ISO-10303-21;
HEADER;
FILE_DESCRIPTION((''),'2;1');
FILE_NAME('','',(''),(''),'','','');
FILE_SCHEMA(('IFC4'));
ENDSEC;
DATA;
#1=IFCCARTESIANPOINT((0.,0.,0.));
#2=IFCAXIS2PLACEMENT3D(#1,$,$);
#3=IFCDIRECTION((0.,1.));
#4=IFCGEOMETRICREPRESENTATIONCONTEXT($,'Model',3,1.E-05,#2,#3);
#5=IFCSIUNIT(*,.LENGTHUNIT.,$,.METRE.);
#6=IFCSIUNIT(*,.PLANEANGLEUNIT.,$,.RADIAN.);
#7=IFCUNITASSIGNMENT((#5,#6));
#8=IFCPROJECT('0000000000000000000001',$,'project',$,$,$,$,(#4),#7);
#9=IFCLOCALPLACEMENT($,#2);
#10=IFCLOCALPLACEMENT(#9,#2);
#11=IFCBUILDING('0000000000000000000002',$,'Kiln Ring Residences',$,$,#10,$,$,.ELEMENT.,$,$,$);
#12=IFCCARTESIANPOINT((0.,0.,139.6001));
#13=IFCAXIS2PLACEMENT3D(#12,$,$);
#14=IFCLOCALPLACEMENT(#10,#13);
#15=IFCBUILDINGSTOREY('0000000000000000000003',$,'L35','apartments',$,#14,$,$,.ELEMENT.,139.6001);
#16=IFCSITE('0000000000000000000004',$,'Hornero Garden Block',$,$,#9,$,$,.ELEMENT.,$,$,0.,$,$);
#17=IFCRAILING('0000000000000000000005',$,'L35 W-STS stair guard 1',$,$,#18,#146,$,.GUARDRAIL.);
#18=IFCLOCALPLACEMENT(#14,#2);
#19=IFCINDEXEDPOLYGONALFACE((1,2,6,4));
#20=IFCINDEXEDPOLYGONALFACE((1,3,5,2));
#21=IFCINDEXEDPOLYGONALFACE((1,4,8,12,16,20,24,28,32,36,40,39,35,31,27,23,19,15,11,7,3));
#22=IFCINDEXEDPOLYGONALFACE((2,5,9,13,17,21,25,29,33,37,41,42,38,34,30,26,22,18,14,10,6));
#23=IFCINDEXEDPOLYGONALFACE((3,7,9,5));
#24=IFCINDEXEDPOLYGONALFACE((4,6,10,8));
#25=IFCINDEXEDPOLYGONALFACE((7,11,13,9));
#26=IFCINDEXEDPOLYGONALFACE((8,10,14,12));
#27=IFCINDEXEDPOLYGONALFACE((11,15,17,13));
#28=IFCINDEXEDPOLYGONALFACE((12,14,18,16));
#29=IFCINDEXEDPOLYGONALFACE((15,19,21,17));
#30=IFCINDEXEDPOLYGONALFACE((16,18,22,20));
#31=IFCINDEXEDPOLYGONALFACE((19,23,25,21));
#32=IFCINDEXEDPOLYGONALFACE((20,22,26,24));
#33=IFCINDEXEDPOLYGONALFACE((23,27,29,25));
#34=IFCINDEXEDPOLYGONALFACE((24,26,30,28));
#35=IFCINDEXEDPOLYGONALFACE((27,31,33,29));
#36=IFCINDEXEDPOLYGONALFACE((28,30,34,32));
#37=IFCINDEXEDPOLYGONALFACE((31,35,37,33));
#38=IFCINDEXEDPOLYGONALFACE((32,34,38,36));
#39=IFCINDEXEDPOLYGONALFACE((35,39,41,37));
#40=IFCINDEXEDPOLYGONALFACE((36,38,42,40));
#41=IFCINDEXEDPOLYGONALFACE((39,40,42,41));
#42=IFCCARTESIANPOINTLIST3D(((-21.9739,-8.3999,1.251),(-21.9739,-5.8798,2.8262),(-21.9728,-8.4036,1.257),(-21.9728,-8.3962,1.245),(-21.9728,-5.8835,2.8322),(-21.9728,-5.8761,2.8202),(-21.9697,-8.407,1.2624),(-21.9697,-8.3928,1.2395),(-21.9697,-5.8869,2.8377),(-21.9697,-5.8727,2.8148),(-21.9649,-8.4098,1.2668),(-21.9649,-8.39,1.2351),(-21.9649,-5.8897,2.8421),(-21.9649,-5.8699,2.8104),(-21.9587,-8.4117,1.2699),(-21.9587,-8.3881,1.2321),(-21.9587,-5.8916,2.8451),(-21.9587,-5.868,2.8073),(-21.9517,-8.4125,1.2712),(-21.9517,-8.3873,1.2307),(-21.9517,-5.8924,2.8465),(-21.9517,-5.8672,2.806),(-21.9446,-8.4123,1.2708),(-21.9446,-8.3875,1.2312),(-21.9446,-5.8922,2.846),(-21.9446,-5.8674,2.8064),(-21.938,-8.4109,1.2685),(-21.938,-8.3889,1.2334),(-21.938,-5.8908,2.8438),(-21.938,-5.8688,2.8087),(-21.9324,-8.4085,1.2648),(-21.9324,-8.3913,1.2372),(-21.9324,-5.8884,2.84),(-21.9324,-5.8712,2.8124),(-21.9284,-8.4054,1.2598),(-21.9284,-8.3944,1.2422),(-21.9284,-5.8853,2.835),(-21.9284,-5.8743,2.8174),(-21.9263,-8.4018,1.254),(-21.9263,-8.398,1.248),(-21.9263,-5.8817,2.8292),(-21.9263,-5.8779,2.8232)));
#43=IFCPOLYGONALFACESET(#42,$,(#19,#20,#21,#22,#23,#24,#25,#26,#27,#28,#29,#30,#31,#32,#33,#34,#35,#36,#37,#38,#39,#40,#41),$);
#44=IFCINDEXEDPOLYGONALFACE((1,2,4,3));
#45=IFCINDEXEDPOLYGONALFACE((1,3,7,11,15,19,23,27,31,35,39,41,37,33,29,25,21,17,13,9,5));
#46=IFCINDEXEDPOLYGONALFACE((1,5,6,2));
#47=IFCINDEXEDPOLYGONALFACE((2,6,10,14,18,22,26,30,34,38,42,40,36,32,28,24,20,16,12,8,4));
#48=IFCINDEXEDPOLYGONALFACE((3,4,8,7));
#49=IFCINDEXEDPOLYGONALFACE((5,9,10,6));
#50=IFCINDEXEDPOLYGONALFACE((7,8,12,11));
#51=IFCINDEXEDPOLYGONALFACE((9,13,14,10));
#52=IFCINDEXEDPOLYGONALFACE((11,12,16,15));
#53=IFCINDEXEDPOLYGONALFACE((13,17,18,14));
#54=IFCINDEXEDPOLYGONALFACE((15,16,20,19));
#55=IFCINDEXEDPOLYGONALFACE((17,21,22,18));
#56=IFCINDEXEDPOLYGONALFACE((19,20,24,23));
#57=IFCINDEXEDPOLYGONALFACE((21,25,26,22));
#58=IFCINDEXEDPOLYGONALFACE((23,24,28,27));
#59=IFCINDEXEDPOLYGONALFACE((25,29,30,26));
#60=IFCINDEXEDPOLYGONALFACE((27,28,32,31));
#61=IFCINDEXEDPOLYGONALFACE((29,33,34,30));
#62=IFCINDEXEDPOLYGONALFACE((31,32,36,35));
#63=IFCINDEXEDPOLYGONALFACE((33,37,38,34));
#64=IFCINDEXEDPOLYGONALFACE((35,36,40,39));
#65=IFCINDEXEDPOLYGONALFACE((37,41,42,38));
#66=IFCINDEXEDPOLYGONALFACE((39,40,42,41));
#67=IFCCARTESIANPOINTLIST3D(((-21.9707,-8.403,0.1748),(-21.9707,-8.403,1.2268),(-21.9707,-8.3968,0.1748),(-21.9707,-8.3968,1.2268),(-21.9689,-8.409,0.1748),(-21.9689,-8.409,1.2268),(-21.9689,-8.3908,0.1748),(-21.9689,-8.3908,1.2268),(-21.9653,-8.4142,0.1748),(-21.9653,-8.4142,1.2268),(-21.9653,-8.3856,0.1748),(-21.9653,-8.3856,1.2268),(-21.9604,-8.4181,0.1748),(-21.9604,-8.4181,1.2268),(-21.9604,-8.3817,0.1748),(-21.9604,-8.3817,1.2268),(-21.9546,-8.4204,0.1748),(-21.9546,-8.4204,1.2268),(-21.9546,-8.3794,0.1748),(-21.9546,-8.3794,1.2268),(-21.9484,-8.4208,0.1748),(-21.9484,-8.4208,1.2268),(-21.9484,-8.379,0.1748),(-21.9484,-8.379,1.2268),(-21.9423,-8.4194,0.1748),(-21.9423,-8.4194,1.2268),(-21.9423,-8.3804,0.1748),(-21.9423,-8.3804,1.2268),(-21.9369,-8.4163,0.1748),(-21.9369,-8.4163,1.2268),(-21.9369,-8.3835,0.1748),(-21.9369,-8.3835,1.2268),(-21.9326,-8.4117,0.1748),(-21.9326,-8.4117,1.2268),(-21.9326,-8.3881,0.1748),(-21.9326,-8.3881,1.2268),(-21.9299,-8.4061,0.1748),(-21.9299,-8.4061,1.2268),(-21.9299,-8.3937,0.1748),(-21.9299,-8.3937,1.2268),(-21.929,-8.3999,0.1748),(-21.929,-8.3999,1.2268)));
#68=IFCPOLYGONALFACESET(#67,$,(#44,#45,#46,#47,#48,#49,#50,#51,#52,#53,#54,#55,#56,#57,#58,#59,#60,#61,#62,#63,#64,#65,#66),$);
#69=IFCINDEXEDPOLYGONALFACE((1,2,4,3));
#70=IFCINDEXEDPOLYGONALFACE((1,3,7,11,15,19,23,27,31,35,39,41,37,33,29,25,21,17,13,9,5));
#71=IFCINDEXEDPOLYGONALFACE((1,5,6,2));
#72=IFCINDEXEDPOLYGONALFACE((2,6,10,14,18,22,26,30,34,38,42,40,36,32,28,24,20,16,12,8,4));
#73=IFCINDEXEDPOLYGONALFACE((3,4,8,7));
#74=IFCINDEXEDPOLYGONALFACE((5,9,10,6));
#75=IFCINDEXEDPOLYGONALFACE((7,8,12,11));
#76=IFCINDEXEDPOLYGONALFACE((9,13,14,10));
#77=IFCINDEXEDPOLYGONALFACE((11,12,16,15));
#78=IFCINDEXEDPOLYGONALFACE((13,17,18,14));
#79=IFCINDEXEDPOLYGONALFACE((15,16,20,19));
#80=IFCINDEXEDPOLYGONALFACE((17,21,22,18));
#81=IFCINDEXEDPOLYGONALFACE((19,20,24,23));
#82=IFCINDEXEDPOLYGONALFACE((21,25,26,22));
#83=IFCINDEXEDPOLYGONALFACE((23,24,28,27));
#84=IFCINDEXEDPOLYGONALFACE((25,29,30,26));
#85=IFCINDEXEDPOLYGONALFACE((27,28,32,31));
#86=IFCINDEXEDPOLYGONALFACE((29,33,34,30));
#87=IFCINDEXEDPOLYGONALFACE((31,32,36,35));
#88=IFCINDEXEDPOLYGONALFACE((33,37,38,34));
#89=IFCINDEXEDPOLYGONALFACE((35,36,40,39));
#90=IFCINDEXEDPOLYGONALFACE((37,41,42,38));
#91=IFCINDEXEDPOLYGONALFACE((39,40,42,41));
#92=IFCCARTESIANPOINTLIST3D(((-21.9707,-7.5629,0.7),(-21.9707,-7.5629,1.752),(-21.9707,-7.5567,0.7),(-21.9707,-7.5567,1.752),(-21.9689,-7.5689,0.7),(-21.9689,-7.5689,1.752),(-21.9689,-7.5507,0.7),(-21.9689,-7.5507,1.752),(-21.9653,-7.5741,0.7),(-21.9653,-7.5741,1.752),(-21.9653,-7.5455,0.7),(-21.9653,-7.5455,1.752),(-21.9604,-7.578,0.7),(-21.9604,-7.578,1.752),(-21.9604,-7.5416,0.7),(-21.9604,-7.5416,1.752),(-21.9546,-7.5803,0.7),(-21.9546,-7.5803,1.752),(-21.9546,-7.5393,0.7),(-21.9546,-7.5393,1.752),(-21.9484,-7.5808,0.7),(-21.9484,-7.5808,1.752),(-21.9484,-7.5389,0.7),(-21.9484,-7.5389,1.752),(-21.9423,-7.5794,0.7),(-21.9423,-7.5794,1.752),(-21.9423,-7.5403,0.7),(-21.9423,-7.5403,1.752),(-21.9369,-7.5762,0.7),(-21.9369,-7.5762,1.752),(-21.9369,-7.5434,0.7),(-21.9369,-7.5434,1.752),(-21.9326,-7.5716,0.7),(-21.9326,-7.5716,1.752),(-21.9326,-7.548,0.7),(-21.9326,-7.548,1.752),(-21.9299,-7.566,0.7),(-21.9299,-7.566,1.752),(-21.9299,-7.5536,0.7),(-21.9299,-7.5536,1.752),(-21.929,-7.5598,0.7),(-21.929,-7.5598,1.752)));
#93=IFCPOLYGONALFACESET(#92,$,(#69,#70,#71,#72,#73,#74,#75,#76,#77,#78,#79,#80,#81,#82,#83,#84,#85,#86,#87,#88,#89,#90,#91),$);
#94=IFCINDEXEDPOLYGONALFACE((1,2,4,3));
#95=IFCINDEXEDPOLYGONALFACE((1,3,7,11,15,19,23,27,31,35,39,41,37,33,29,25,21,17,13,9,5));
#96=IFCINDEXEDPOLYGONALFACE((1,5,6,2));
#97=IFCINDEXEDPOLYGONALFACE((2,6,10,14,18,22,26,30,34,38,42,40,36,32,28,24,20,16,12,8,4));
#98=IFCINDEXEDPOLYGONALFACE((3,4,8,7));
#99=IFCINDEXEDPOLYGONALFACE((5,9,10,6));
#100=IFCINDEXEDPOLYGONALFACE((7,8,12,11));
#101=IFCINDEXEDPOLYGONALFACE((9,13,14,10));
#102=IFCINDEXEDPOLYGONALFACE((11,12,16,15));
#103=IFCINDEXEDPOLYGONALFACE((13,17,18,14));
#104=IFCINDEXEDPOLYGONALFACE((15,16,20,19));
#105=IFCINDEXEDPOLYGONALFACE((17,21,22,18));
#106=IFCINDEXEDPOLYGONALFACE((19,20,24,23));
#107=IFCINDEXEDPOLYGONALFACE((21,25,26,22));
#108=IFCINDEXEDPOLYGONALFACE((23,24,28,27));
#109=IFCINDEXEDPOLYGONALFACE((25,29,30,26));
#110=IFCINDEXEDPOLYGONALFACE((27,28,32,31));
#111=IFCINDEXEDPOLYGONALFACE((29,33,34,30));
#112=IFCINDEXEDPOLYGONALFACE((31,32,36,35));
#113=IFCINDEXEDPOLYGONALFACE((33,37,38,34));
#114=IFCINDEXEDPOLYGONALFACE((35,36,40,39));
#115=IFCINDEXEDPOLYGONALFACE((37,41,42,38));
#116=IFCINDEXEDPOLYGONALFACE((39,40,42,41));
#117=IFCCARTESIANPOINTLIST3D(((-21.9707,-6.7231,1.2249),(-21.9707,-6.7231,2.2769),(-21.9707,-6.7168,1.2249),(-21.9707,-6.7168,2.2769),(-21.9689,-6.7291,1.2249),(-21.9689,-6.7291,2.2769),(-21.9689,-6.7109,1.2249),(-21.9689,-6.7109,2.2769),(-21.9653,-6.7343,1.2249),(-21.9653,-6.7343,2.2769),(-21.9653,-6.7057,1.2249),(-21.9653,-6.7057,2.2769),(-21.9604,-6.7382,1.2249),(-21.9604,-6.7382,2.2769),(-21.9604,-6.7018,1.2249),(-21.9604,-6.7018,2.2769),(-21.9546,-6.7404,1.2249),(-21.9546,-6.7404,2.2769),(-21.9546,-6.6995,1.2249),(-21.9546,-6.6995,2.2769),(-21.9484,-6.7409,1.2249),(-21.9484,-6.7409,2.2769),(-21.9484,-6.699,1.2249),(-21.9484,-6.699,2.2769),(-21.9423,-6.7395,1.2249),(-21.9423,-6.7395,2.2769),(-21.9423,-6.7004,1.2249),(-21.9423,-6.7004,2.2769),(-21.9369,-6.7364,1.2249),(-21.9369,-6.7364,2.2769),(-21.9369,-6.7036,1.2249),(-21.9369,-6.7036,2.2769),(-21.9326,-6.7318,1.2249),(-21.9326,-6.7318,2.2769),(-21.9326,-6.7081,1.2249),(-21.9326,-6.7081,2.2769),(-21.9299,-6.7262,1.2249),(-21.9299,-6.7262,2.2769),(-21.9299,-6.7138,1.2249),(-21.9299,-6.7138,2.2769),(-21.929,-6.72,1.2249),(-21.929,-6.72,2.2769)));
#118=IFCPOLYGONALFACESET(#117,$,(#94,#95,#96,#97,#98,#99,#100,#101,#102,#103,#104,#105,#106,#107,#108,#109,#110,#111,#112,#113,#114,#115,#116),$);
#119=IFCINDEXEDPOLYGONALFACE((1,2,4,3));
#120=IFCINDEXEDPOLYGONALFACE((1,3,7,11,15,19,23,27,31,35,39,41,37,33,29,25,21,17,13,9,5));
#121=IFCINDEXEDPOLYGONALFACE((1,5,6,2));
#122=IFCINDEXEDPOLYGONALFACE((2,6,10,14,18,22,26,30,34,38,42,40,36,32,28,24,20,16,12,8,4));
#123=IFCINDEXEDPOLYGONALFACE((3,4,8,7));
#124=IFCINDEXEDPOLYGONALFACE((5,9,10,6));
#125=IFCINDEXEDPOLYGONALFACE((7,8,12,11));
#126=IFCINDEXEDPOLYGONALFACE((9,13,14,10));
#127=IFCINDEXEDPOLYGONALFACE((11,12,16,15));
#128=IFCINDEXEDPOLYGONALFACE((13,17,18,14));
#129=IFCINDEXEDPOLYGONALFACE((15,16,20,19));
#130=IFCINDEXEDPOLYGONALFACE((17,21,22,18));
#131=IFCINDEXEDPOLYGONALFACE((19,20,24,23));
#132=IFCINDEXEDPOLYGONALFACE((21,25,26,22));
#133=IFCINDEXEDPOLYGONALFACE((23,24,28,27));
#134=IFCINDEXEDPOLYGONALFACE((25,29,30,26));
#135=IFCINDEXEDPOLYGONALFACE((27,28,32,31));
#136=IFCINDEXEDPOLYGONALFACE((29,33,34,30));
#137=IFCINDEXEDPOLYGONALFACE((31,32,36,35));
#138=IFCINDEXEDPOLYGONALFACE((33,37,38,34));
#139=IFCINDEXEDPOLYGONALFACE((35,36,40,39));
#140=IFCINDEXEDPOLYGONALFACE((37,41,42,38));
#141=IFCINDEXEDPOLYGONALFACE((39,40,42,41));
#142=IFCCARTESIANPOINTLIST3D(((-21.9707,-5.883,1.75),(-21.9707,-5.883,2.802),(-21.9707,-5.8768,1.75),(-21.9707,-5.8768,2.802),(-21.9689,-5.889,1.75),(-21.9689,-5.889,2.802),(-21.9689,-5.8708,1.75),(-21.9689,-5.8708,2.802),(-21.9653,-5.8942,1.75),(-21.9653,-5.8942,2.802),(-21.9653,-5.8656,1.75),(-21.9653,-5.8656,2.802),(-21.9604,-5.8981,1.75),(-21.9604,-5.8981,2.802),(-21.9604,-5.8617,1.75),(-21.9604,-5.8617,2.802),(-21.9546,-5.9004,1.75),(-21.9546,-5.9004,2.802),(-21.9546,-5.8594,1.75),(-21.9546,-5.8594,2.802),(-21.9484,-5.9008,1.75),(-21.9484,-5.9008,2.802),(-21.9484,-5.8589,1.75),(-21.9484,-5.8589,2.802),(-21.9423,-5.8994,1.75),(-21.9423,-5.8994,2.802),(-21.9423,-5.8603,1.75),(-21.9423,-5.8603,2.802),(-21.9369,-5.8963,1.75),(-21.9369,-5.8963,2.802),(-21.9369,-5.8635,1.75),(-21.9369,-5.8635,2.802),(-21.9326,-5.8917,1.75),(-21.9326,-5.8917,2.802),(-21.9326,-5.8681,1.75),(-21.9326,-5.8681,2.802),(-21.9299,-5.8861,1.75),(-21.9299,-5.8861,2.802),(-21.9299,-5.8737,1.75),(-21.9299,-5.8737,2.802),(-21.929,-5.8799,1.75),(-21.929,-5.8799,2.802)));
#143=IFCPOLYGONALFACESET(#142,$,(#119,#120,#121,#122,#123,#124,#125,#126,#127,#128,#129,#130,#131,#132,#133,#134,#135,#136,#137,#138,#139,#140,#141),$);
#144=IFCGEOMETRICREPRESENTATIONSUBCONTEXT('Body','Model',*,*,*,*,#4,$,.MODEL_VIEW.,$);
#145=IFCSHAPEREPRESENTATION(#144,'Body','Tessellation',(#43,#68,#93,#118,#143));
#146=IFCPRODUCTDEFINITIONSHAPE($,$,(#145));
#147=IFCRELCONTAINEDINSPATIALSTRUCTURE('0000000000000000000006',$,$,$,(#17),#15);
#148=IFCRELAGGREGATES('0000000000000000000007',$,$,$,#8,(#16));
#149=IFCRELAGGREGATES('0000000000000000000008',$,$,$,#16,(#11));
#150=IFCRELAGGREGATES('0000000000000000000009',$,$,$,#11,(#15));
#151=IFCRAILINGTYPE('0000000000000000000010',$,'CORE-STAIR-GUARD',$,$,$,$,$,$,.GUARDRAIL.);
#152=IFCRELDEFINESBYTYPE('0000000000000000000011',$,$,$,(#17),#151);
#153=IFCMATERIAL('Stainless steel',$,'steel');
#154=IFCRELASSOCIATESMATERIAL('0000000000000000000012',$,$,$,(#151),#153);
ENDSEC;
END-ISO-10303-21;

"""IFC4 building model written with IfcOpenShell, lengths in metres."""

from ifc_helpers import new_model, si_unit, direction, frame, origin, origin_2d, place, context, subcontext, project, spatial, circle, extrude, material, type_object, element, save


model = new_model("IFC4")

# Units and contexts
model_context = context("Model", 3, precision=1e-05, world=origin(), true_north=direction((0.0, 1.0)))
body_context = subcontext(model_context, "Body", "Model", "MODEL_VIEW")
ifc_project = project(units=[si_unit("LENGTHUNIT", "METRE"), si_unit("PLANEANGLEUNIT", "RADIAN")], contexts=[model_context])

# Site, building, storey
site_placement = place(None, origin())
site = spatial("IfcSite", under=ifc_project, at=site_placement, Name="Hornero Garden Block", CompositionType="ELEMENT", RefElevation=0.0)
building_placement = place(site_placement, origin())
building = spatial("IfcBuilding", under=site, at=building_placement, Name="Kiln Ring Residences", CompositionType="ELEMENT")
storey_placement = place(building_placement, frame((0.0, 0.0, 139.6001)))
storey = spatial("IfcBuildingStorey", under=building, at=storey_placement, Name="L35", Description="apartments", CompositionType="ELEMENT", Elevation=139.6001)

# Railing
ifc_material_1 = material(Name="Stainless steel", Category="steel")
railing_type_1 = type_object("IfcRailingType", Name="CORE-STAIR-GUARD", PredefinedType="GUARDRAIL", material=ifc_material_1)
railing_1_placement = place(storey_placement, frame((-21.95, -8.3999, 0.1748)))
element("IfcRailing", 1, at=railing_1_placement, inside=storey, type_object=railing_type_1, Name="L35 W-STS stair guard 1", PredefinedType="GUARDRAIL", context=body_context, shape_type="SweptSolid", body=[
    extrude(circle(Radius=0.0239, at=origin_2d()), frame((0.0, 0.0, 1.0762), z_axis=(0.0, 0.847971, 0.530043), x_axis=(-1.0, 0.0, 0.0)), (0.0, 0.0, 1.0), 2.9719),
    extrude(circle(Radius=0.021, at=origin_2d()), origin(), (0.0, 0.0, 1.0), 1.052),
    extrude(circle(Radius=0.021, at=origin_2d()), frame((0.0, 0.8401, 0.5251)), (0.0, 0.0, 1.0), 1.052),
    extrude(circle(Radius=0.021, at=origin_2d()), frame((0.0, 1.6799, 1.05)), (0.0, 0.0, 1.0), 1.052),
    extrude(circle(Radius=0.021, at=origin_2d()), frame((0.0, 2.52, 1.5752)), (0.0, 0.0, 1.0), 1.052),
])

save(model, "model.ifc")
